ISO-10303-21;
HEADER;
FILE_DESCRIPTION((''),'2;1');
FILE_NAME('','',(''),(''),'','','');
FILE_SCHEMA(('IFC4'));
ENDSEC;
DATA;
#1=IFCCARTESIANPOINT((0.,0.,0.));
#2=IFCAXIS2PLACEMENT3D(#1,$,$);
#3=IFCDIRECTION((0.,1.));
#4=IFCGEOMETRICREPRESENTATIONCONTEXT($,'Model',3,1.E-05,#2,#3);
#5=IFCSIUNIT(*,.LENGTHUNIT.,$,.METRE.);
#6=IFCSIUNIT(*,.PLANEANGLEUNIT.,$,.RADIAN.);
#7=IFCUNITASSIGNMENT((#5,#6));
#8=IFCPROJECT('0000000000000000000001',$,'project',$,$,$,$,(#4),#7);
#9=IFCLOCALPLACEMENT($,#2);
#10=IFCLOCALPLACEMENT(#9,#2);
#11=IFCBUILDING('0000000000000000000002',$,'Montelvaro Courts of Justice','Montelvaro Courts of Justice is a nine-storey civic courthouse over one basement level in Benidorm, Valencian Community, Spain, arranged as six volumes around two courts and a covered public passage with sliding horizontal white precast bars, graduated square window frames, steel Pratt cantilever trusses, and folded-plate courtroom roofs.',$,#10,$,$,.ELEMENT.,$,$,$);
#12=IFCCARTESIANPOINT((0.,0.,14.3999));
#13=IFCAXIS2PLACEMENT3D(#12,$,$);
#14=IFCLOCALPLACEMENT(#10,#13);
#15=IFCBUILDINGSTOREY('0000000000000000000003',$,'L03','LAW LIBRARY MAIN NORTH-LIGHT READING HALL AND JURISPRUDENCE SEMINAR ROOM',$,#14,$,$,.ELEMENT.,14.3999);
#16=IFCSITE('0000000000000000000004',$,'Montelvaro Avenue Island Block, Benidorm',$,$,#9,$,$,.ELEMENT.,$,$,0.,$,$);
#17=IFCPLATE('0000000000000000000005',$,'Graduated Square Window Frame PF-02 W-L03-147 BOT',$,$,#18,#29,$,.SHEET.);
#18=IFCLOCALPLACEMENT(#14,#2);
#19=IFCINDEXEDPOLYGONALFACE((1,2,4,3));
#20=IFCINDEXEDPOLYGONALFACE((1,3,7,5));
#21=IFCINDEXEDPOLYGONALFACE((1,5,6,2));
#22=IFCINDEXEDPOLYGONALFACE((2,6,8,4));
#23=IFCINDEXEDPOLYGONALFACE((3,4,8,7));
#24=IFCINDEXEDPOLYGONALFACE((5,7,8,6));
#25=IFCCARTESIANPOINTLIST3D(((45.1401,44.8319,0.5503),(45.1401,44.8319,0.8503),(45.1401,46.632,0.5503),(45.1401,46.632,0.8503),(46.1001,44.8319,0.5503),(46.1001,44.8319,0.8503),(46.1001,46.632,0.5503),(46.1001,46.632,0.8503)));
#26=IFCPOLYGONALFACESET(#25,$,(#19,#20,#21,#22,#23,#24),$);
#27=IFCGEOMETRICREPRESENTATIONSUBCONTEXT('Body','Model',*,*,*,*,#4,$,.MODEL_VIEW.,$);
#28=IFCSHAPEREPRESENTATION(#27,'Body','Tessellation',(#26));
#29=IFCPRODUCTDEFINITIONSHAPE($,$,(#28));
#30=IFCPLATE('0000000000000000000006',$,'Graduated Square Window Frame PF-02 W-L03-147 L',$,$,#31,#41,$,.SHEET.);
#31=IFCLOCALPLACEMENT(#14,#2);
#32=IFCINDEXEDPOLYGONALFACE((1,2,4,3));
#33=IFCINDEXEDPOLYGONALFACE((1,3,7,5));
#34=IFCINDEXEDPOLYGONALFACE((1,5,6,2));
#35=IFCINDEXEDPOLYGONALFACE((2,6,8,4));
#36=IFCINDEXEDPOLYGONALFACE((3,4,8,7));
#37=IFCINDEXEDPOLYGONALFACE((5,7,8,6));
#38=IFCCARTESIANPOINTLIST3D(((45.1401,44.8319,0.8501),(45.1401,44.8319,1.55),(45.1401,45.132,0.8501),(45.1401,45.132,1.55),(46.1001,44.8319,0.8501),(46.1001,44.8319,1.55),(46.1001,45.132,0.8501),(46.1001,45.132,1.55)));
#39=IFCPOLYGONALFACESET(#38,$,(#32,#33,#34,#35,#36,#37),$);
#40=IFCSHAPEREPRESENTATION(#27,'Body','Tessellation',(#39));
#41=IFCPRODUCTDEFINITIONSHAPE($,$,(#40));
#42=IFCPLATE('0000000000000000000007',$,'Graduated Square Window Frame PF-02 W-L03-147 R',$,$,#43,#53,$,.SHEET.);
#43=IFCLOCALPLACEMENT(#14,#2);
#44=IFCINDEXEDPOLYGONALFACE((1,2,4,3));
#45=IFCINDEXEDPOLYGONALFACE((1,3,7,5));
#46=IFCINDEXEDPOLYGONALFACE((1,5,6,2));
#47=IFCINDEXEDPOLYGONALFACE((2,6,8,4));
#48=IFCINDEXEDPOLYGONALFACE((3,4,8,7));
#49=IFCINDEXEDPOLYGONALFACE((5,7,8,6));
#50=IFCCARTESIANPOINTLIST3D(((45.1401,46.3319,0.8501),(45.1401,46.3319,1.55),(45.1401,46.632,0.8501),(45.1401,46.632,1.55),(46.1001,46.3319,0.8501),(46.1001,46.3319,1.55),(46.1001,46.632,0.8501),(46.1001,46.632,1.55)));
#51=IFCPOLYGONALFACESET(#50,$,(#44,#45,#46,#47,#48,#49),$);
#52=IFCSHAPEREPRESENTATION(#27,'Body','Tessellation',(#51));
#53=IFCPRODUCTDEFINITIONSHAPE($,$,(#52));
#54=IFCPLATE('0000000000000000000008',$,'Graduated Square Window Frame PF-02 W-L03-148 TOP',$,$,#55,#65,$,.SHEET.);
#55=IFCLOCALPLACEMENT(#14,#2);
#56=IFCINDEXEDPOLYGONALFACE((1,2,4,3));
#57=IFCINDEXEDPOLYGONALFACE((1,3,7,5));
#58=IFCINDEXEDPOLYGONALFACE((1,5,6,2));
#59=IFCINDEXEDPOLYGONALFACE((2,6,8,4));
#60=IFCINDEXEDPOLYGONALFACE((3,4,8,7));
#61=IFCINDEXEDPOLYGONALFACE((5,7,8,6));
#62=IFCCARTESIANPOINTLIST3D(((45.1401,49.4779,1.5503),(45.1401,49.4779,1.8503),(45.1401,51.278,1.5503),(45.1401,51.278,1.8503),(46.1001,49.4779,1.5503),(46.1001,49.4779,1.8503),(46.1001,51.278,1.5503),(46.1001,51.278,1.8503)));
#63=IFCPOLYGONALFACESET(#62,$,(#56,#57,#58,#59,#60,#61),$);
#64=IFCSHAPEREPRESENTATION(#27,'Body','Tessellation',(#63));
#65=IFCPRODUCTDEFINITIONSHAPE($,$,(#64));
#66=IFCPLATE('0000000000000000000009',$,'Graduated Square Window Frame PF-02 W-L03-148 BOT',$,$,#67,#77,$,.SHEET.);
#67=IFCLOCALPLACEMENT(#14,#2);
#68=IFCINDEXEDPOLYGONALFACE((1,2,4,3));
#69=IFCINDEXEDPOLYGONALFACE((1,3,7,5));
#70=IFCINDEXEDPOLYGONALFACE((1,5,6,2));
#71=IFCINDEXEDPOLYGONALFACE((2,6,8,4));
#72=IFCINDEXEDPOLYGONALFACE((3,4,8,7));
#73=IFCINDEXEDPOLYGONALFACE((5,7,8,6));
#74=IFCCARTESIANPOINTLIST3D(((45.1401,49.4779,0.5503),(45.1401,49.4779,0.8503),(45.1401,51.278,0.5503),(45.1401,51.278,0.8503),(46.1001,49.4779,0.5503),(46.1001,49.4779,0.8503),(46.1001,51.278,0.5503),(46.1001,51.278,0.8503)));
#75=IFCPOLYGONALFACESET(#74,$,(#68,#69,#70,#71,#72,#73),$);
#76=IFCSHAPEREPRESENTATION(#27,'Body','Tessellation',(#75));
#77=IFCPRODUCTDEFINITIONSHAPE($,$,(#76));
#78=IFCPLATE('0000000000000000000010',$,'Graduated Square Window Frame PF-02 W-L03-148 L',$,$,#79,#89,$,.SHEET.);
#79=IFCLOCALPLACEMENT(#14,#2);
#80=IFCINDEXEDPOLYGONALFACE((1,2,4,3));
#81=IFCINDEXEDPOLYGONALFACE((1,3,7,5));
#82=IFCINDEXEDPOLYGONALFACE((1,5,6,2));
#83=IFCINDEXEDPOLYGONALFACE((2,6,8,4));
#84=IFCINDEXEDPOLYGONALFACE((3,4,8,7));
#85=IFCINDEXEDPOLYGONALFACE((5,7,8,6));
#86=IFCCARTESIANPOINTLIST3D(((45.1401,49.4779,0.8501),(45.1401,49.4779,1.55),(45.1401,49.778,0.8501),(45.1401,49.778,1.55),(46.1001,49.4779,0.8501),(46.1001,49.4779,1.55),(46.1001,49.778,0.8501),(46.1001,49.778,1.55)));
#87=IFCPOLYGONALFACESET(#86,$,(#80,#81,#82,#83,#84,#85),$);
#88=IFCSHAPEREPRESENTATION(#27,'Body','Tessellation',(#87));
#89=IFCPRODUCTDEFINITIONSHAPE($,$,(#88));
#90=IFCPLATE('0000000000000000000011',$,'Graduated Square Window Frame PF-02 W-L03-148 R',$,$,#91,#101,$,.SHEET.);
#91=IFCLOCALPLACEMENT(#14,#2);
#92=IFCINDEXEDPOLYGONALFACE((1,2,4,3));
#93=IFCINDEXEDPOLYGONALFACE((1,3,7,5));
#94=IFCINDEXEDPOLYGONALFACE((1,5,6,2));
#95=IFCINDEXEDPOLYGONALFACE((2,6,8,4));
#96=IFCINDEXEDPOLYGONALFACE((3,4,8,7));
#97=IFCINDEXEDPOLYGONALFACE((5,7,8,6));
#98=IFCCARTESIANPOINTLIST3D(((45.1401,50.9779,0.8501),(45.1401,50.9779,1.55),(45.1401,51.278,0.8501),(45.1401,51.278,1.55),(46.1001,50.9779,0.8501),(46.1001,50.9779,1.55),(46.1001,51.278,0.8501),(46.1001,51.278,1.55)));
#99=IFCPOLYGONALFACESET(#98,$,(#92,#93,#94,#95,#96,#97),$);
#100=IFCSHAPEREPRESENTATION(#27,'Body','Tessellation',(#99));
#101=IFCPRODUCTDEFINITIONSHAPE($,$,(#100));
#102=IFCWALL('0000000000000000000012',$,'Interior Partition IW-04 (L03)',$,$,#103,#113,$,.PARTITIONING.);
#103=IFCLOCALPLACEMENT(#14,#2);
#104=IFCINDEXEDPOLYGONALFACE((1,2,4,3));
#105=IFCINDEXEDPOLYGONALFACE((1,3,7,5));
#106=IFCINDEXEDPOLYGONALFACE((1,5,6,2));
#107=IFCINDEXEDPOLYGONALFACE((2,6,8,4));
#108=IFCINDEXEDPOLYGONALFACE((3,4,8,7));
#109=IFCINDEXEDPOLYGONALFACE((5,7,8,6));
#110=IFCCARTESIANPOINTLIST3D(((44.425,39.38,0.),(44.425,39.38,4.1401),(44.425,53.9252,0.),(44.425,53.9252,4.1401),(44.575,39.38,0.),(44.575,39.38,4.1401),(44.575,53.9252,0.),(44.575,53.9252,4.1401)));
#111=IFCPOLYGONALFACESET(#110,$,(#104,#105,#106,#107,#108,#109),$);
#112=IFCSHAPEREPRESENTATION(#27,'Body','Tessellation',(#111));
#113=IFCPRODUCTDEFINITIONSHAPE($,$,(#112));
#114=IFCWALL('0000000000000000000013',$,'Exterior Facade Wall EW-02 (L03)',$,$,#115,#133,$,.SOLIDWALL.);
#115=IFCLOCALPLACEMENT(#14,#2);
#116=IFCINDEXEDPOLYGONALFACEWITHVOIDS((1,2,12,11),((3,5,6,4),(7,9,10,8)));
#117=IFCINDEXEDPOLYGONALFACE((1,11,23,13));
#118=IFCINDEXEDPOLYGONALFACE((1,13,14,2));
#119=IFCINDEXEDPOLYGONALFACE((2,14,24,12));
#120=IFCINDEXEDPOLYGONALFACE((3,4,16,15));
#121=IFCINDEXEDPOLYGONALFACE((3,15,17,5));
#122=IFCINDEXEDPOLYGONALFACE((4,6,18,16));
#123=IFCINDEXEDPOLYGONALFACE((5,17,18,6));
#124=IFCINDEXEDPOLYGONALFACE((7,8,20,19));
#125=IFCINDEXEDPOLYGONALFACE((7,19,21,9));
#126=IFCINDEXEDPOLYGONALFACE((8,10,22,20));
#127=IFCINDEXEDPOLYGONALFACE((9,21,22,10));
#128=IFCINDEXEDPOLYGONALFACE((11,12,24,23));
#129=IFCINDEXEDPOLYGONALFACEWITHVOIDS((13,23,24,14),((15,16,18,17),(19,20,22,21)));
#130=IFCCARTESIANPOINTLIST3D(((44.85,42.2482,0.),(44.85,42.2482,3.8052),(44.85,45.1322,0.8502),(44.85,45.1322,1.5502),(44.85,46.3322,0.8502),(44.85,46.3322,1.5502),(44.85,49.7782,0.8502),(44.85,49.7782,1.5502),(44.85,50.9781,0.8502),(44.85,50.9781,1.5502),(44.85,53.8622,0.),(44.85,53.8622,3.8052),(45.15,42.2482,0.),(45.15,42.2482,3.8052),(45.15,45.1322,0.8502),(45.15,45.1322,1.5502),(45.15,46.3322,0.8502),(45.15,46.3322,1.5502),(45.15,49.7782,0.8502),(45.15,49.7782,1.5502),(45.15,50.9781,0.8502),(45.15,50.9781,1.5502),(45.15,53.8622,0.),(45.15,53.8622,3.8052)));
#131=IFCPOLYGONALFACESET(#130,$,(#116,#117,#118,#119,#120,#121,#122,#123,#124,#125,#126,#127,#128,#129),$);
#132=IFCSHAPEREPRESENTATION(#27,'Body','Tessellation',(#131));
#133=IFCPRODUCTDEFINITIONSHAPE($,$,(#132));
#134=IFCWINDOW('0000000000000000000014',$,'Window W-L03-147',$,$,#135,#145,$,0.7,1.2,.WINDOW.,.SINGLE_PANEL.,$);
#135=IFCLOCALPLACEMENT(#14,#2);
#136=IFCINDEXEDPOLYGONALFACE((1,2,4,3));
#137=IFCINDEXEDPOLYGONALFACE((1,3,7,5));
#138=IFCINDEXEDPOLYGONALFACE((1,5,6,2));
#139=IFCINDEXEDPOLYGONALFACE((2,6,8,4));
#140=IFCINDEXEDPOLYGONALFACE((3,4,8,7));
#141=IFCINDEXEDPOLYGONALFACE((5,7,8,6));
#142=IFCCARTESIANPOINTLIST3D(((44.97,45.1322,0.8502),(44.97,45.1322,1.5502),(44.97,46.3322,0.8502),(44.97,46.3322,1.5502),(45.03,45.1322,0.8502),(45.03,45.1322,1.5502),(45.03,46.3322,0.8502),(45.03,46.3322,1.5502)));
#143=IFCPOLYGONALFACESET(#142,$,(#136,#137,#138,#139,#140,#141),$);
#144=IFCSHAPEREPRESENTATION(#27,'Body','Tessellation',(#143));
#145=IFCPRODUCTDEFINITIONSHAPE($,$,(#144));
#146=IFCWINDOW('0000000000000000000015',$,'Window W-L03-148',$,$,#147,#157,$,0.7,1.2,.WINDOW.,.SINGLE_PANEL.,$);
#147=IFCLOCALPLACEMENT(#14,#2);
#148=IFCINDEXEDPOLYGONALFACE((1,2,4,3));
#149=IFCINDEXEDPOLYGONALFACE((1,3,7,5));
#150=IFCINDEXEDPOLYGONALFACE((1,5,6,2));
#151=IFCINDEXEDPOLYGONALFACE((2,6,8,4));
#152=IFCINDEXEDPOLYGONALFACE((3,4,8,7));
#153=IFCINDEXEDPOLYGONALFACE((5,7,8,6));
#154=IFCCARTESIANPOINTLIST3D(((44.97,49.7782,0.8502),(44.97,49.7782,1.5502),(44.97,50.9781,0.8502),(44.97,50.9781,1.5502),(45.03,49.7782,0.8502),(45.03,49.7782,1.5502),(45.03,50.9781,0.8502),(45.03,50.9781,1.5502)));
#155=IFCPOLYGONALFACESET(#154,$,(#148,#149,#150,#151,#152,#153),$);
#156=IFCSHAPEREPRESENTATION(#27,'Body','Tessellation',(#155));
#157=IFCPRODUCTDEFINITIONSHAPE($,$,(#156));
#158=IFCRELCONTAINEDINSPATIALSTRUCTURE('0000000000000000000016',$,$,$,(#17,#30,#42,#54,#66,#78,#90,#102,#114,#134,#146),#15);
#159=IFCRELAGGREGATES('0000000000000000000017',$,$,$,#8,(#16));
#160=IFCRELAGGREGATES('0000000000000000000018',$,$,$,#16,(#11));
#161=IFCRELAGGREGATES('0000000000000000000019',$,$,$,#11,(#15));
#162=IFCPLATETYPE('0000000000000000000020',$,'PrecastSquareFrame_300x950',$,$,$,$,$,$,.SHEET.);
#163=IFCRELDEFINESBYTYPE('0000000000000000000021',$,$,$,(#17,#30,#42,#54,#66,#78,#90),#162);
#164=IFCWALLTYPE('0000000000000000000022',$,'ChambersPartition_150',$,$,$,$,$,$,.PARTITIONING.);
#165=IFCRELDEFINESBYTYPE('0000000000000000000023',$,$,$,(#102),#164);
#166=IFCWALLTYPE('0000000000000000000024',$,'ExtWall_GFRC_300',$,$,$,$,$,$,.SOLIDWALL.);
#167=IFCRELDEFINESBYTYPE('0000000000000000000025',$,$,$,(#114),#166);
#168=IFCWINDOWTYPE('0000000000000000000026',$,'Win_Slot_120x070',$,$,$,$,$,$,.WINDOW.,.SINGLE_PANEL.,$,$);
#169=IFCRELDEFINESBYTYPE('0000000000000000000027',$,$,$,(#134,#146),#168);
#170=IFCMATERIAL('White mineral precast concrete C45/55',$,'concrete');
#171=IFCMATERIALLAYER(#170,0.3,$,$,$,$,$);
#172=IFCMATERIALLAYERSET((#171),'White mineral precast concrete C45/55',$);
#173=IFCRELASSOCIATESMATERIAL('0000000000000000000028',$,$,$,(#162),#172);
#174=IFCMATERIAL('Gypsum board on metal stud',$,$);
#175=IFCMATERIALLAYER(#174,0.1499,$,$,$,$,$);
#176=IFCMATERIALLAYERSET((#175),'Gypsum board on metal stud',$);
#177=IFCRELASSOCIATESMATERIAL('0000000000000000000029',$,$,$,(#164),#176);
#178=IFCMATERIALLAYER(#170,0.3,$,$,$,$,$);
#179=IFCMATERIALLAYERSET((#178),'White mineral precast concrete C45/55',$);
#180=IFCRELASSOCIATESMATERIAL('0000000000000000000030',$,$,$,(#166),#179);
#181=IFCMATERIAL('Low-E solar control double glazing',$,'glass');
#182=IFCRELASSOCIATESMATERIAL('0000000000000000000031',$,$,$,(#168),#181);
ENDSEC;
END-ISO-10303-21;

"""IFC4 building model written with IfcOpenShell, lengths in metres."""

from ifc_helpers import new_model, si_unit, direction, frame, frame_2d, origin, origin_2d, place, context, subcontext, project, spatial, rectangle, extrude, material, layer, layer_set, type_object, element, fill, save


model = new_model("IFC4")

# Units and contexts
model_context = context("Model", 3, precision=1e-05, world=origin(), true_north=direction((0.0, 1.0)))
body_context = subcontext(model_context, "Body", "Model", "MODEL_VIEW")
ifc_project = project(units=[si_unit("LENGTHUNIT", "METRE"), si_unit("PLANEANGLEUNIT", "RADIAN")], contexts=[model_context])

# Site, building, storey
site_placement = place(None, origin())
site = spatial("IfcSite", under=ifc_project, at=site_placement, Name="Montelvaro Avenue Island Block, Benidorm", CompositionType="ELEMENT", RefElevation=0.0)
building_placement = place(site_placement, origin())
building = spatial("IfcBuilding", under=site, at=building_placement, Name="Montelvaro Courts of Justice", Description="Montelvaro Courts of Justice is a nine-storey civic courthouse over one basement level in Benidorm, Valencian Community, Spain, arranged as six volumes around two courts and a covered public passage with sliding horizontal white precast bars, graduated square window frames, steel Pratt cantilever trusses, and folded-plate courtroom roofs.", CompositionType="ELEMENT")
storey_placement = place(building_placement, frame((0.0, 0.0, 14.3999)))
storey = spatial("IfcBuildingStorey", under=building, at=storey_placement, Name="L03", Description="LAW LIBRARY MAIN NORTH-LIGHT READING HALL AND JURISPRUDENCE SEMINAR ROOM", CompositionType="ELEMENT", Elevation=14.3999)

# Plates
ifc_material_1 = material(Name="White mineral precast concrete C45/55", Category="concrete")
ifc_layer_1 = layer(ifc_material_1, 0.3)
ifc_layer_set_1 = layer_set([ifc_layer_1], Name="White mineral precast concrete C45/55")
plate_type_1 = type_object("IfcPlateType", Name="PrecastSquareFrame_300x950", PredefinedType="SHEET", material=ifc_layer_set_1)
for number, where, z_axis, x_axis, name in (
    (1, (45.6201, 45.7319, 0.5503), (0.0, 0.0, 1.0), (0.0, 1.0, 0.0), "Graduated Square Window Frame PF-02 W-L03-147 BOT"),
):
    element("IfcPlate", number, at=place(storey_placement, frame(where, z_axis=z_axis, x_axis=x_axis)), inside=storey, type_object=plate_type_1, Name=name, PredefinedType="SHEET", context=body_context, shape_type="SweptSolid", body=[
        extrude(rectangle(XDim=1.8, YDim=0.96, at=origin_2d()), origin(), (0.0, 0.0, 1.0), 0.3),
    ])
for number, where, z_axis, x_axis, name in (
    (2, (45.6201, 44.9819, 0.8501), (0.0, 0.0, 1.0), (0.0, 1.0, 0.0), "Graduated Square Window Frame PF-02 W-L03-147 L"),
    (3, (45.6201, 46.4819, 0.8501), (0.0, 0.0, 1.0), (0.0, 1.0, 0.0), "Graduated Square Window Frame PF-02 W-L03-147 R"),
):
    element("IfcPlate", number, at=place(storey_placement, frame(where, z_axis=z_axis, x_axis=x_axis)), inside=storey, type_object=plate_type_1, Name=name, PredefinedType="SHEET", context=body_context, shape_type="SweptSolid", body=[
        extrude(rectangle(XDim=0.3, YDim=0.96, at=origin_2d()), origin(), (0.0, 0.0, 1.0), 0.7),
    ])
for number, where, z_axis, x_axis, name in (
    (4, (45.6201, 50.3779, 1.5503), (0.0, 0.0, 1.0), (0.0, 1.0, 0.0), "Graduated Square Window Frame PF-02 W-L03-148 TOP"),
    (5, (45.6201, 50.3779, 0.5503), (0.0, 0.0, 1.0), (0.0, 1.0, 0.0), "Graduated Square Window Frame PF-02 W-L03-148 BOT"),
):
    element("IfcPlate", number, at=place(storey_placement, frame(where, z_axis=z_axis, x_axis=x_axis)), inside=storey, type_object=plate_type_1, Name=name, PredefinedType="SHEET", context=body_context, shape_type="SweptSolid", body=[
        extrude(rectangle(XDim=1.8, YDim=0.96, at=origin_2d()), origin(), (0.0, 0.0, 1.0), 0.3),
    ])
for number, where, z_axis, x_axis, name in (
    (6, (45.6201, 49.6279, 0.8501), (0.0, 0.0, 1.0), (0.0, 1.0, 0.0), "Graduated Square Window Frame PF-02 W-L03-148 L"),
    (7, (45.6201, 51.1279, 0.8501), (0.0, 0.0, 1.0), (0.0, 1.0, 0.0), "Graduated Square Window Frame PF-02 W-L03-148 R"),
):
    element("IfcPlate", number, at=place(storey_placement, frame(where, z_axis=z_axis, x_axis=x_axis)), inside=storey, type_object=plate_type_1, Name=name, PredefinedType="SHEET", context=body_context, shape_type="SweptSolid", body=[
        extrude(rectangle(XDim=0.3, YDim=0.96, at=origin_2d()), origin(), (0.0, 0.0, 1.0), 0.7),
    ])

# Wall
ifc_material_2 = material(Name="Gypsum board on metal stud")
ifc_layer_2 = layer(ifc_material_2, 0.1499)
ifc_layer_set_2 = layer_set([ifc_layer_2], Name="Gypsum board on metal stud")
wall_type_1 = type_object("IfcWallType", Name="ChambersPartition_150", PredefinedType="PARTITIONING", material=ifc_layer_set_2)
wall_1_placement = place(storey_placement, frame((44.5, 53.925, 0.0), z_axis=(0.0, 0.0, 1.0), x_axis=(0.0, -1.0, 0.0)))
element("IfcWall", 8, at=wall_1_placement, inside=storey, type_object=wall_type_1, Name="Interior Partition IW-04 (L03)", PredefinedType="PARTITIONING", context=body_context, shape_type="SweptSolid", body=[
    extrude(rectangle(XDim=14.5452, YDim=0.1499, at=frame_2d((7.2725, 0.0))), origin(), (0.0, 0.0, 1.0), 4.1401),
])

# Wall, openings, windows
ifc_layer_3 = layer(ifc_material_1, 0.3)
ifc_layer_set_3 = layer_set([ifc_layer_3], Name="White mineral precast concrete C45/55")
wall_type_2 = type_object("IfcWallType", Name="ExtWall_GFRC_300", PredefinedType="SOLIDWALL", material=ifc_layer_set_3)
wall_2_placement = place(storey_placement, frame((45.0, 42.248, 0.0), z_axis=(0.0, 0.0, 1.0), x_axis=(0.0, 1.0, 0.0)))
wall_2 = element("IfcWall", 9, at=wall_2_placement, inside=storey, type_object=wall_type_2, Name="Exterior Facade Wall EW-02 (L03)", PredefinedType="SOLIDWALL", context=body_context, shape_type="SweptSolid", body=[
    extrude(rectangle(XDim=11.614, YDim=0.3, at=frame_2d((5.8071, 0.0))), origin(), (0.0, 0.0, 1.0), 3.8052),
])
opening_1_placement = place(wall_2_placement, frame((2.884, 0.0, 0.8501)))
opening_1 = element("IfcOpeningElement", 10, at=opening_1_placement, cuts=wall_2, PredefinedType="OPENING", context=body_context, shape_type="SweptSolid", body=[
    extrude(rectangle(XDim=1.2, YDim=0.7, at=frame_2d((0.6001, 0.3501))), frame((0.0, 0.165, 0.0), z_axis=(0.0, -1.0, 0.0), x_axis=(1.0, 0.0, 0.0)), (0.0, 0.0, 1.0), 0.3298),
])
opening_2_placement = place(wall_2_placement, frame((7.53, 0.0, 0.8501)))
opening_2 = element("IfcOpeningElement", 11, at=opening_2_placement, cuts=wall_2, PredefinedType="OPENING", context=body_context, shape_type="SweptSolid", body=[
    extrude(rectangle(XDim=1.2, YDim=0.7, at=frame_2d((0.6001, 0.3501))), frame((0.0, 0.165, 0.0), z_axis=(0.0, -1.0, 0.0), x_axis=(1.0, 0.0, 0.0)), (0.0, 0.0, 1.0), 0.3298),
])
ifc_material_3 = material(Name="Low-E solar control double glazing", Category="glass")
window_type = type_object("IfcWindowType", Name="Win_Slot_120x070", PartitioningType="SINGLE_PANEL", PredefinedType="WINDOW", material=ifc_material_3)
window_1_placement = place(opening_1_placement, origin())
window_1 = element("IfcWindow", 12, at=window_1_placement, inside=storey, type_object=window_type, Name="Window W-L03-147", OverallHeight=0.7, OverallWidth=1.2, PartitioningType="SINGLE_PANEL", PredefinedType="WINDOW", context=body_context, shape_type="SweptSolid", body=[
    extrude(rectangle(XDim=1.2, YDim=0.7, at=frame_2d((0.6001, 0.3501))), frame((0.0, 0.03, 0.0), z_axis=(0.0, -1.0, 0.0), x_axis=(1.0, 0.0, 0.0)), (0.0, 0.0, 1.0), 0.0601),
])
fill(opening_1, window_1)
window_2_placement = place(opening_2_placement, origin())
window_2 = element("IfcWindow", 13, at=window_2_placement, inside=storey, type_object=window_type, Name="Window W-L03-148", OverallHeight=0.7, OverallWidth=1.2, PartitioningType="SINGLE_PANEL", PredefinedType="WINDOW", context=body_context, shape_type="SweptSolid", body=[
    extrude(rectangle(XDim=1.2, YDim=0.7, at=frame_2d((0.6001, 0.3501))), frame((0.0, 0.03, 0.0), z_axis=(0.0, -1.0, 0.0), x_axis=(1.0, 0.0, 0.0)), (0.0, 0.0, 1.0), 0.0601),
])
fill(opening_2, window_2)

save(model, "model.ifc")
